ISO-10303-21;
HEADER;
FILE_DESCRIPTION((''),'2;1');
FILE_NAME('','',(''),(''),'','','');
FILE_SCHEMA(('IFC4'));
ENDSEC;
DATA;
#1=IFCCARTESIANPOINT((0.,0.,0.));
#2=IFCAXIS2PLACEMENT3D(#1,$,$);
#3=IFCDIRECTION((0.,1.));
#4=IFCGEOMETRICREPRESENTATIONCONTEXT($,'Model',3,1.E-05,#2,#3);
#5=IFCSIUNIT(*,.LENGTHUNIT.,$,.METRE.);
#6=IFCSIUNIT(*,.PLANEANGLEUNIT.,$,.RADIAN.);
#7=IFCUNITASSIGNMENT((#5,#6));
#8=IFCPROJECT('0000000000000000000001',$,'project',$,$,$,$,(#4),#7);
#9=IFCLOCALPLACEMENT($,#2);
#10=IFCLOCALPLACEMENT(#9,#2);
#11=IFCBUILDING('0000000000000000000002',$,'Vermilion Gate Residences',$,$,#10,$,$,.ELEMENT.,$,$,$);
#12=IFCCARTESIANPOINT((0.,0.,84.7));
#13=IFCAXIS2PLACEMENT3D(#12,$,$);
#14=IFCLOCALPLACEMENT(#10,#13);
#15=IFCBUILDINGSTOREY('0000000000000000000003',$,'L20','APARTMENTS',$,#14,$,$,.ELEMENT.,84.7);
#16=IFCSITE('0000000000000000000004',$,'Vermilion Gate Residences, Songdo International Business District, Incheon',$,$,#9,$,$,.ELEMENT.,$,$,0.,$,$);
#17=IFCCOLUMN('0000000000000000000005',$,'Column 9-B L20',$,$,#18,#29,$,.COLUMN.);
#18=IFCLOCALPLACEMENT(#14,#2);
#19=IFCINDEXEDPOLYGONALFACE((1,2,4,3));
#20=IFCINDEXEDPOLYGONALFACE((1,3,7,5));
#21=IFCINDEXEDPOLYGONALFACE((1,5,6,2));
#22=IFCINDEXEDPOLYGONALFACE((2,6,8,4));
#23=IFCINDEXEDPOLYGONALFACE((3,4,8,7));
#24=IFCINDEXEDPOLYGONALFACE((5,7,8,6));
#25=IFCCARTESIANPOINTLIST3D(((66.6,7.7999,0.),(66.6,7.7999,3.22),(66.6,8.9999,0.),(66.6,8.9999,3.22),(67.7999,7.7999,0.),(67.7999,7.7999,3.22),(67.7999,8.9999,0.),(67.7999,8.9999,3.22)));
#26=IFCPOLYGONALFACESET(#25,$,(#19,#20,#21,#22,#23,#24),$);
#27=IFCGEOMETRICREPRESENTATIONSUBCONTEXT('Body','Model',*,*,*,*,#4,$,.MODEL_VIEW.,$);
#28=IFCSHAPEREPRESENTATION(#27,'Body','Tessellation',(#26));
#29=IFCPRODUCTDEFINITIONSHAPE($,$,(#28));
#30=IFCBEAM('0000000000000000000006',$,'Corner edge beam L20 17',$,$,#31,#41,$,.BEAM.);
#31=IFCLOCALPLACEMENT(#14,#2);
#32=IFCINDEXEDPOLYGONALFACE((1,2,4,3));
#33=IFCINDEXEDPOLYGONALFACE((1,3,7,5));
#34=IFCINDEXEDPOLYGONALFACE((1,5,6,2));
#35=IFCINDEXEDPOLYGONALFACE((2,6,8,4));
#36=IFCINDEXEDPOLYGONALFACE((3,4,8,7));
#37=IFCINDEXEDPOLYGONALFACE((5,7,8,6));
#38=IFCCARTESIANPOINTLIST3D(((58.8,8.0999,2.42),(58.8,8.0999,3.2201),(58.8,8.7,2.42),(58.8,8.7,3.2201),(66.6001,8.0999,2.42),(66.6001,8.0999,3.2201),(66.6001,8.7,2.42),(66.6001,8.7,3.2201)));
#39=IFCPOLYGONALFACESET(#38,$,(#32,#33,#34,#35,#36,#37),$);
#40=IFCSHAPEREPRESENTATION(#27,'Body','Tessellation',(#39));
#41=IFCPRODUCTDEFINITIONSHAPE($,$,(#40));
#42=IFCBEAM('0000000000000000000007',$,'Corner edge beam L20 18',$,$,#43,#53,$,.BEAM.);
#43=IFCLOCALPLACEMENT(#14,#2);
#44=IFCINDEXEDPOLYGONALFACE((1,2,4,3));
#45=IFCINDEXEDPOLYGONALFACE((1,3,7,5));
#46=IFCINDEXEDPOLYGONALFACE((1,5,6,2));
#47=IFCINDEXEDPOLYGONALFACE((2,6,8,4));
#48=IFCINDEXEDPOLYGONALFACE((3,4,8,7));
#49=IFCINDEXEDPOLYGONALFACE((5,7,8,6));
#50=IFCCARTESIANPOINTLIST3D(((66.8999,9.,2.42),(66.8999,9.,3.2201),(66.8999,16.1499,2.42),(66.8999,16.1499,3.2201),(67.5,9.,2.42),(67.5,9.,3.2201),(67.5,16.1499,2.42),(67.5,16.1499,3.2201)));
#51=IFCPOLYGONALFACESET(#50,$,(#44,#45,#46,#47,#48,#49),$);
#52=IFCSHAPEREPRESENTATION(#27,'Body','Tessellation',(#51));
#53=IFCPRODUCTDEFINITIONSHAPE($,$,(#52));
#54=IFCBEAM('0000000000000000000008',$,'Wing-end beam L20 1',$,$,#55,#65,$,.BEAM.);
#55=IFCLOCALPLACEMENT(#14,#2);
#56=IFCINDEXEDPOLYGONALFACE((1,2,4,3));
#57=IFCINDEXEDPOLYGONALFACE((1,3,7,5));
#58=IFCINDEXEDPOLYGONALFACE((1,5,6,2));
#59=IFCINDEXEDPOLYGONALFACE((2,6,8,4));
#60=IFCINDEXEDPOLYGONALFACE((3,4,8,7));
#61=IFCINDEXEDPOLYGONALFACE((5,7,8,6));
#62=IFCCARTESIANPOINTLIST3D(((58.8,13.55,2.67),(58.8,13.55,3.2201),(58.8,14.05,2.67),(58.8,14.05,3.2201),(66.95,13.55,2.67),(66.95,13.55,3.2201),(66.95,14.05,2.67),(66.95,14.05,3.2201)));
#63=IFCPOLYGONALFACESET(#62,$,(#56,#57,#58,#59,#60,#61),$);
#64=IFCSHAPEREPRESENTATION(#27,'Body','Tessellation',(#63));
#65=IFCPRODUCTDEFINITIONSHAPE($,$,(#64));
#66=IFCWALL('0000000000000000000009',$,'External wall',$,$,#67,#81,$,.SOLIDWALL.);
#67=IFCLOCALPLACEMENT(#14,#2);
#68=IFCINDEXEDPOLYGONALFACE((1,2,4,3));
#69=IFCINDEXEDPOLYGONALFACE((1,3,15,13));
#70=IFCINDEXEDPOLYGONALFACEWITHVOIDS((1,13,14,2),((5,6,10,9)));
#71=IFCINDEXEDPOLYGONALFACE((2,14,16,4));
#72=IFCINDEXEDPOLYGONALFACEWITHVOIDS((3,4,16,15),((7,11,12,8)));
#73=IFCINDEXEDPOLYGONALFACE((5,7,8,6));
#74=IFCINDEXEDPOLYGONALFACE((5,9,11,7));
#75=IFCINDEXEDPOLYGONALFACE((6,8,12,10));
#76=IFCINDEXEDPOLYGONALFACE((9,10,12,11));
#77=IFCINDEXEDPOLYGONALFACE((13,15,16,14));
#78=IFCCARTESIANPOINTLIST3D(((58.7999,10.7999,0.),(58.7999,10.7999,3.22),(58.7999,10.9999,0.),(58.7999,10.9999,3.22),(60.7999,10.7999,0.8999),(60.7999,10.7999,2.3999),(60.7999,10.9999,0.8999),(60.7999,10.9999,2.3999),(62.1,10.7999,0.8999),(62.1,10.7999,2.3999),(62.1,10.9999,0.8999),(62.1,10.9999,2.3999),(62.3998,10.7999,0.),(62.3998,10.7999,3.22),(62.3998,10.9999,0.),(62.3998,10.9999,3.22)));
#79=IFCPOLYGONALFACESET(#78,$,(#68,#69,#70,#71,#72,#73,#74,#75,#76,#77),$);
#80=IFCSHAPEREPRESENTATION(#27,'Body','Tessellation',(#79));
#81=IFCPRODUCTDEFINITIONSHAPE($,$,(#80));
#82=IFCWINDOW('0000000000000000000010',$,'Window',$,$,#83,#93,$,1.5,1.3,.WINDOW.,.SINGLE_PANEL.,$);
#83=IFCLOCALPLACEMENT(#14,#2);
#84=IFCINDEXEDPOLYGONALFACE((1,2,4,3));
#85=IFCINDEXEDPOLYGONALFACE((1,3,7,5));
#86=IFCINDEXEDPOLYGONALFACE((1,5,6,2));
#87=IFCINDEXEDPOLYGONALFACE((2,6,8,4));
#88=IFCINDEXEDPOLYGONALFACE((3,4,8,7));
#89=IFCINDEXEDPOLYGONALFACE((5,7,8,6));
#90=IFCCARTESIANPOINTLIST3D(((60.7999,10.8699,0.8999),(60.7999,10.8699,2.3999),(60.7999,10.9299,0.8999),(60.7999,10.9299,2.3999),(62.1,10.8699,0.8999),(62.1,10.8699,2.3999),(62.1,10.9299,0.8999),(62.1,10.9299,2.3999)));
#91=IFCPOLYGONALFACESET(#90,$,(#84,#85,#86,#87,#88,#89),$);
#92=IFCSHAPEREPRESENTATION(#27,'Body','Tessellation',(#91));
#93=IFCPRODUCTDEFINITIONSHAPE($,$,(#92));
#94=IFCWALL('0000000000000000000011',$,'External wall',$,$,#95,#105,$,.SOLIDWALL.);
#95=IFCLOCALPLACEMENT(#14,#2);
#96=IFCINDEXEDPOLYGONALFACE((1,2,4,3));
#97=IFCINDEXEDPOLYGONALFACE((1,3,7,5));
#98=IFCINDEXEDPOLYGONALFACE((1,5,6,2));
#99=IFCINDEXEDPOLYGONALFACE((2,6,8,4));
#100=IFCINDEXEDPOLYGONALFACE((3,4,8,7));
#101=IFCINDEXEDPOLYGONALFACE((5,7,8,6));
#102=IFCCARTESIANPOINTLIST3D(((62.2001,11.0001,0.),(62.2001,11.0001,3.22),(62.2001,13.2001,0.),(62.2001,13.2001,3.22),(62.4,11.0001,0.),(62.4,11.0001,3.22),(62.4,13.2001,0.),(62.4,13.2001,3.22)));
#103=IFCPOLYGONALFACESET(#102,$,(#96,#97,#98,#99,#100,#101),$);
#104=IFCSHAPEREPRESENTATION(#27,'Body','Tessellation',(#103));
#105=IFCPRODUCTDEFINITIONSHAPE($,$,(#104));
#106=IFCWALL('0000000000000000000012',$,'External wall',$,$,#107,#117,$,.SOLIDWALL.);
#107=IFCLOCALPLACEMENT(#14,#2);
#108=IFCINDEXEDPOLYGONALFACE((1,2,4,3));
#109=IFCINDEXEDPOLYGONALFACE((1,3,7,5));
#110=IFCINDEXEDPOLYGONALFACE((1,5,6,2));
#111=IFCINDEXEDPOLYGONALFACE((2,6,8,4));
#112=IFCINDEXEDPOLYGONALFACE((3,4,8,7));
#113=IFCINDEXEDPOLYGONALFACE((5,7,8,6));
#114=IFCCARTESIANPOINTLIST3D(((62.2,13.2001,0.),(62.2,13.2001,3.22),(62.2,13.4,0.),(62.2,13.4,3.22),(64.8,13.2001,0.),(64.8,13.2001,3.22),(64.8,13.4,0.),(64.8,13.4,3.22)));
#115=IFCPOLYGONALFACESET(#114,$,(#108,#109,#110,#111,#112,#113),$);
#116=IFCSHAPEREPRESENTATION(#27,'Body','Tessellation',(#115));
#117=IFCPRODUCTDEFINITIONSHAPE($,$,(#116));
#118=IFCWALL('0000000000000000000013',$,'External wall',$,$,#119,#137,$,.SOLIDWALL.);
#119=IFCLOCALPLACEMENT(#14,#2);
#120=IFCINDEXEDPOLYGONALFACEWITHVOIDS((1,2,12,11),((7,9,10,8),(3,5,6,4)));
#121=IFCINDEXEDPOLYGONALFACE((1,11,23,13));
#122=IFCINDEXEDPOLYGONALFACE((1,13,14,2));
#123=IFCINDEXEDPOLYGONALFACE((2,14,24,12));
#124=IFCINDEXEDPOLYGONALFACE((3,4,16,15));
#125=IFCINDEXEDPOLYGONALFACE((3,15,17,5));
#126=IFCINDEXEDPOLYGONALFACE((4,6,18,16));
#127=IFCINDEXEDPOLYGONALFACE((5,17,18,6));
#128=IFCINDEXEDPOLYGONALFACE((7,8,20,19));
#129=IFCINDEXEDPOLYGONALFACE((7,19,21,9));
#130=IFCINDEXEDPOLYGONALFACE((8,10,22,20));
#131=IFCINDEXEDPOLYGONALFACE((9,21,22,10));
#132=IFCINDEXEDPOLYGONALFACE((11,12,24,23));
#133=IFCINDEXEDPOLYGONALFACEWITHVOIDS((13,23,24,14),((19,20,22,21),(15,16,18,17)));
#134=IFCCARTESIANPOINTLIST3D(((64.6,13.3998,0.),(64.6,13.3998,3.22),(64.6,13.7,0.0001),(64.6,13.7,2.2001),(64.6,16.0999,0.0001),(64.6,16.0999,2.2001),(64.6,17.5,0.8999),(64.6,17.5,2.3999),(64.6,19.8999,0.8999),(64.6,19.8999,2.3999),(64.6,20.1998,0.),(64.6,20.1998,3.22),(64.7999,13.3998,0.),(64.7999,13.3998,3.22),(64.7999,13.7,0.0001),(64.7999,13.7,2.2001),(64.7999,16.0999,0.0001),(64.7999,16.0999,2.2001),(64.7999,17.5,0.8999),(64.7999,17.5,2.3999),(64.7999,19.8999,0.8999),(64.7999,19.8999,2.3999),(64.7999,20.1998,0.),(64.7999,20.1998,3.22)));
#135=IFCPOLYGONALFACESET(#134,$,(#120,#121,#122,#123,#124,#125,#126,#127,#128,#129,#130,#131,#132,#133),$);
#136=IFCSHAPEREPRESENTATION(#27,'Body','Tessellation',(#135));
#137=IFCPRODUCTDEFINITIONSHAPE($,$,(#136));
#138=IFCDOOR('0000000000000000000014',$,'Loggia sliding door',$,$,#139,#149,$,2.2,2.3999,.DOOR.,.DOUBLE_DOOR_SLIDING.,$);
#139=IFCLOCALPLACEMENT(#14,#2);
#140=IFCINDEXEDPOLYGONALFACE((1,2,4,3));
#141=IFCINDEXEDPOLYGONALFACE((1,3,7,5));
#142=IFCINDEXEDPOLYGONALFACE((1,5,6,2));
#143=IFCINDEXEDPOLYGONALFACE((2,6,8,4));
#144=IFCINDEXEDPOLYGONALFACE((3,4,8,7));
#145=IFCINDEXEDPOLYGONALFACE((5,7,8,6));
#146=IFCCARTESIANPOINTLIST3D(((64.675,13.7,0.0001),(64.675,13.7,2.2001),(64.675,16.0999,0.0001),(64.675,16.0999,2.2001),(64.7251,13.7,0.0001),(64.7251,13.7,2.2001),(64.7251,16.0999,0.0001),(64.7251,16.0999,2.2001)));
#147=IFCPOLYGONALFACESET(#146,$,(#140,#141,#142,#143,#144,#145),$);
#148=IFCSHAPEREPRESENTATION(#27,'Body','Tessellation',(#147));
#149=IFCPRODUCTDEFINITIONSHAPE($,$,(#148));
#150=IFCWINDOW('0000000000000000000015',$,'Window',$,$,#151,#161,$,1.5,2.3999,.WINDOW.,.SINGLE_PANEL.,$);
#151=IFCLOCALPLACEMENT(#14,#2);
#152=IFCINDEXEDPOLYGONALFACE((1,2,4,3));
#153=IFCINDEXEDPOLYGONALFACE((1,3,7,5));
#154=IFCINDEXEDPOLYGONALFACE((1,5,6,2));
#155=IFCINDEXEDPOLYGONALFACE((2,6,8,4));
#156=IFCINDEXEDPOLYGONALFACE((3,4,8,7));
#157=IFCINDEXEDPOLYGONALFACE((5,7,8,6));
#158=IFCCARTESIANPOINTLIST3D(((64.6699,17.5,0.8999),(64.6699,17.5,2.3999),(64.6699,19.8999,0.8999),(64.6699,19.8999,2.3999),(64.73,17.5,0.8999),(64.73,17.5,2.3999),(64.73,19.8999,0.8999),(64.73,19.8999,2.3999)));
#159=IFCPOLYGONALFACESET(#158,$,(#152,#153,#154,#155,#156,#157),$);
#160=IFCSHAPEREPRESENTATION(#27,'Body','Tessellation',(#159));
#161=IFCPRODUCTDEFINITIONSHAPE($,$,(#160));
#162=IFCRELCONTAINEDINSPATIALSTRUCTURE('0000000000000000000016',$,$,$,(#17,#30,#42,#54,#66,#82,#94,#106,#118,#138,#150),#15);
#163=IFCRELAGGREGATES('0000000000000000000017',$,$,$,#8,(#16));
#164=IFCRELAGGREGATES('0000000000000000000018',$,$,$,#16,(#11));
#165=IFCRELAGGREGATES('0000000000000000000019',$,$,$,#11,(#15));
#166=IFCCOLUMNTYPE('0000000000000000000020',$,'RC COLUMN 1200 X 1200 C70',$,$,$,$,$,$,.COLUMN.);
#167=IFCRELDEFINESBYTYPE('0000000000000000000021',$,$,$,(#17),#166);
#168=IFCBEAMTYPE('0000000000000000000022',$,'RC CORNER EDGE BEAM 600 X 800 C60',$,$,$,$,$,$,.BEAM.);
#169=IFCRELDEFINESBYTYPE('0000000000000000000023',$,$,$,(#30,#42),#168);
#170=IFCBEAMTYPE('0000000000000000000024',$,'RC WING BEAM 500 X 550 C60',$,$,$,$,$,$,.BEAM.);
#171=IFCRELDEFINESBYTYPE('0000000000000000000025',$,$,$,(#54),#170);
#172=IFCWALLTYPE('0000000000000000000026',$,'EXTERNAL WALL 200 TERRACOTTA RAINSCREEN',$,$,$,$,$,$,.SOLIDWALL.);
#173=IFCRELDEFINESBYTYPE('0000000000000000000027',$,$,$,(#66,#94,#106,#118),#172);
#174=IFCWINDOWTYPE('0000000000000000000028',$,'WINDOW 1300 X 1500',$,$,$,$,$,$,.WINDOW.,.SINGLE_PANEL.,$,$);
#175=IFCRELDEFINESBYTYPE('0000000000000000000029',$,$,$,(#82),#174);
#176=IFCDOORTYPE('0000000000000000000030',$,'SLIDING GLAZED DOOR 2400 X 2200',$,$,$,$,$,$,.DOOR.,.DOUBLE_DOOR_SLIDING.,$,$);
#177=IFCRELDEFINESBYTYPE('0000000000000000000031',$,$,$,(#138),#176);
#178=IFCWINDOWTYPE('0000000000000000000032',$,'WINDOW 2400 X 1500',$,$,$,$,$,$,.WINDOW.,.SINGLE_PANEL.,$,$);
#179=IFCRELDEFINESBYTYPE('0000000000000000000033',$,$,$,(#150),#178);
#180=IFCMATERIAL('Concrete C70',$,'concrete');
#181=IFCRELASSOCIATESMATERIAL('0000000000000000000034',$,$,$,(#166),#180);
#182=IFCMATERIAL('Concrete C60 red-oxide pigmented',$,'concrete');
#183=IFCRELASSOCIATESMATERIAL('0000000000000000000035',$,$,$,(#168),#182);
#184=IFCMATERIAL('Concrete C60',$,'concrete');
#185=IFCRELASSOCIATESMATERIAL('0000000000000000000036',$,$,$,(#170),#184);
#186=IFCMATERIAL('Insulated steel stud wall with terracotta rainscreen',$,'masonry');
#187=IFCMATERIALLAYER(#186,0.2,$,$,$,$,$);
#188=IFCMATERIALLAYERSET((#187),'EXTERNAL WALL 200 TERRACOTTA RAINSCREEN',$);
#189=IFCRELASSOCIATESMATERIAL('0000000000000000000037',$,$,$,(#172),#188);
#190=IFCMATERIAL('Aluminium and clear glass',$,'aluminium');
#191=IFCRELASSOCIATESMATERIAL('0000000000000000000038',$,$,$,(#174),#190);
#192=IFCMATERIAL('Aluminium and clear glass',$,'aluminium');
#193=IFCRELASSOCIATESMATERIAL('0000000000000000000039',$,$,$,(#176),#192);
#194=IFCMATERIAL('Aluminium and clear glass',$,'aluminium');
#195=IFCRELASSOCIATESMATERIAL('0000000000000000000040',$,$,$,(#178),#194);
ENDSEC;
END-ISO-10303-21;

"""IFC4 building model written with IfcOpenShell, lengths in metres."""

from ifc_helpers import new_model, si_unit, direction, frame, frame_2d, origin, origin_2d, place, context, subcontext, project, spatial, rectangle, extrude, material, layer, layer_set, material_profile, profile_set, type_object, element, fill, save


model = new_model("IFC4")

# Units and contexts
model_context = context("Model", 3, precision=1e-05, world=origin(), true_north=direction((0.0, 1.0)))
body_context = subcontext(model_context, "Body", "Model", "MODEL_VIEW")
ifc_project = project(units=[si_unit("LENGTHUNIT", "METRE"), si_unit("PLANEANGLEUNIT", "RADIAN")], contexts=[model_context])

# Site, building, storey
site_placement = place(None, origin())
site = spatial("IfcSite", under=ifc_project, at=site_placement, Name="Vermilion Gate Residences, Songdo International Business District, Incheon", CompositionType="ELEMENT", RefElevation=0.0)
building_placement = place(site_placement, origin())
building = spatial("IfcBuilding", under=site, at=building_placement, Name="Vermilion Gate Residences", CompositionType="ELEMENT")
storey_placement = place(building_placement, frame((0.0, 0.0, 84.7)))
storey = spatial("IfcBuildingStorey", under=building, at=storey_placement, Name="L20", Description="APARTMENTS", CompositionType="ELEMENT", Elevation=84.7)

# Column
ifc_material_1 = material(Name="Concrete C70", Category="concrete")
ifc_material_profile_1 = material_profile(ifc_material_1, rectangle(XDim=1.2, YDim=1.2, at=origin_2d()), Name="RC-1200x1200")
ifc_profile_set_1 = profile_set([ifc_material_profile_1], Name="Concrete C70")
column_type = type_object("IfcColumnType", Name="RC COLUMN 1200 X 1200 C70", PredefinedType="COLUMN", material=ifc_profile_set_1)
column_placement = place(storey_placement, frame((67.2, 8.3999, 0.0), z_axis=(0.0, 0.0, 1.0), x_axis=(1.0, 0.0, 0.0)))
element("IfcColumn", 1, at=column_placement, inside=storey, type_object=column_type, Name="Column 9-B L20", PredefinedType="COLUMN", context=body_context, shape_type="SweptSolid", body=[
    extrude(rectangle(XDim=1.2, YDim=1.2, at=origin_2d()), origin(), (0.0, 0.0, 1.0), 3.22),
])

# Beams
ifc_material_2 = material(Name="Concrete C60 red-oxide pigmented", Category="concrete")
ifc_material_profile_2 = material_profile(ifc_material_2, rectangle(XDim=0.6001, YDim=0.8, at=origin_2d()), Name="RC-600x800")
ifc_profile_set_2 = profile_set([ifc_material_profile_2], Name="Concrete C60 red-oxide pigmented")
beam_type_1 = type_object("IfcBeamType", Name="RC CORNER EDGE BEAM 600 X 800 C60", PredefinedType="BEAM", material=ifc_profile_set_2)
beam_1_placement = place(storey_placement, frame((58.8, 8.3999, 2.8201), z_axis=(1.0, 0.0, 0.0), x_axis=(0.0, 1.0, 0.0)))
element("IfcBeam", 2, at=beam_1_placement, inside=storey, type_object=beam_type_1, Name="Corner edge beam L20 17", PredefinedType="BEAM", context=body_context, shape_type="SweptSolid", body=[
    extrude(rectangle(XDim=0.6001, YDim=0.8, at=origin_2d()), origin(), (0.0, 0.0, 1.0), 7.8),
])
beam_2_placement = place(storey_placement, frame((67.2, 9.0, 2.8201), z_axis=(0.0, 1.0, 0.0), x_axis=(-1.0, 0.0, 0.0)))
element("IfcBeam", 3, at=beam_2_placement, inside=storey, type_object=beam_type_1, Name="Corner edge beam L20 18", PredefinedType="BEAM", context=body_context, shape_type="SweptSolid", body=[
    extrude(rectangle(XDim=0.6001, YDim=0.8, at=origin_2d()), origin(), (0.0, 0.0, 1.0), 7.1499),
])
ifc_material_3 = material(Name="Concrete C60", Category="concrete")
ifc_material_profile_3 = material_profile(ifc_material_3, rectangle(XDim=0.5, YDim=0.55, at=origin_2d()), Name="RC-500x550")
ifc_profile_set_3 = profile_set([ifc_material_profile_3], Name="Concrete C60")
beam_type_2 = type_object("IfcBeamType", Name="RC WING BEAM 500 X 550 C60", PredefinedType="BEAM", material=ifc_profile_set_3)
beam_3_placement = place(storey_placement, frame((58.8, 13.8, 2.9451), z_axis=(1.0, 0.0, 0.0), x_axis=(0.0, 1.0, 0.0)))
element("IfcBeam", 4, at=beam_3_placement, inside=storey, type_object=beam_type_2, Name="Wing-end beam L20 1", PredefinedType="BEAM", context=body_context, shape_type="SweptSolid", body=[
    extrude(rectangle(XDim=0.5, YDim=0.55, at=origin_2d()), origin(), (0.0, 0.0, 1.0), 8.1499),
])

# Wall, opening, window
ifc_material_4 = material(Name="Insulated steel stud wall with terracotta rainscreen", Category="masonry")
ifc_layer_1 = layer(ifc_material_4, 0.2)
ifc_layer_set_1 = layer_set([ifc_layer_1], Name="EXTERNAL WALL 200 TERRACOTTA RAINSCREEN")
wall_type_1 = type_object("IfcWallType", Name="EXTERNAL WALL 200 TERRACOTTA RAINSCREEN", PredefinedType="SOLIDWALL", material=ifc_layer_set_1)
wall_1_placement = place(storey_placement, frame((58.8, 10.8999, 0.0), z_axis=(0.0, 0.0, 1.0), x_axis=(1.0, 0.0, 0.0)))
wall_1 = element("IfcWall", 5, at=wall_1_placement, inside=storey, type_object=wall_type_1, Name="External wall", PredefinedType="SOLIDWALL", context=body_context, shape_type="SweptSolid", body=[
    extrude(rectangle(XDim=3.5999, YDim=0.2, at=frame_2d((1.7998, 0.0))), origin(), (0.0, 0.0, 1.0), 3.22),
])
opening_1_placement = place(wall_1_placement, frame((2.0, 0.0, 0.8999)))
opening_1 = element("IfcOpeningElement", 6, at=opening_1_placement, cuts=wall_1, PredefinedType="OPENING", context=body_context, shape_type="SweptSolid", body=[
    extrude(rectangle(XDim=1.3, YDim=1.5, at=frame_2d((0.6499, 0.75))), frame((0.0, 0.1099, 0.0), z_axis=(0.0, -1.0, 0.0), x_axis=(1.0, 0.0, 0.0)), (0.0, 0.0, 1.0), 0.22),
])
ifc_material_5 = material(Name="Aluminium and clear glass", Category="aluminium")
window_type_1 = type_object("IfcWindowType", Name="WINDOW 1300 X 1500", PartitioningType="SINGLE_PANEL", PredefinedType="WINDOW", material=ifc_material_5)
window_1_placement = place(opening_1_placement, origin())
window_1 = element("IfcWindow", 7, at=window_1_placement, inside=storey, type_object=window_type_1, Name="Window", OverallHeight=1.5, OverallWidth=1.3, PartitioningType="SINGLE_PANEL", PredefinedType="WINDOW", context=body_context, shape_type="SweptSolid", body=[
    extrude(rectangle(XDim=1.3, YDim=1.5, at=frame_2d((0.6499, 0.75))), frame((0.0, 0.03, 0.0), z_axis=(0.0, -1.0, 0.0), x_axis=(1.0, 0.0, 0.0)), (0.0, 0.0, 1.0), 0.0601),
])
fill(opening_1, window_1)

# Walls
wall_2_placement = place(storey_placement, frame((62.3, 11.0, 0.0), z_axis=(0.0, 0.0, 1.0), x_axis=(0.0, 1.0, 0.0)))
element("IfcWall", 8, at=wall_2_placement, inside=storey, type_object=wall_type_1, Name="External wall", PredefinedType="SOLIDWALL", context=body_context, shape_type="SweptSolid", body=[
    extrude(rectangle(XDim=2.2, YDim=0.2, at=frame_2d((1.1001, 0.0))), origin(), (0.0, 0.0, 1.0), 3.22),
])
wall_3_placement = place(storey_placement, frame((62.2, 13.3, 0.0), z_axis=(0.0, 0.0, 1.0), x_axis=(1.0, 0.0, 0.0)))
element("IfcWall", 9, at=wall_3_placement, inside=storey, type_object=wall_type_1, Name="External wall", PredefinedType="SOLIDWALL", context=body_context, shape_type="SweptSolid", body=[
    extrude(rectangle(XDim=2.6001, YDim=0.2, at=frame_2d((1.3, 0.0))), origin(), (0.0, 0.0, 1.0), 3.22),
])

# Wall, openings, door, window
wall_4_placement = place(storey_placement, frame((64.7, 13.3999, 0.0), z_axis=(0.0, 0.0, 1.0), x_axis=(0.0, 1.0, 0.0)))
wall_4 = element("IfcWall", 10, at=wall_4_placement, inside=storey, type_object=wall_type_1, Name="External wall", PredefinedType="SOLIDWALL", context=body_context, shape_type="SweptSolid", body=[
    extrude(rectangle(XDim=6.8, YDim=0.2, at=frame_2d((3.3999, 0.0))), origin(), (0.0, 0.0, 1.0), 3.22),
])
opening_2_placement = place(wall_4_placement, frame((4.1001, 0.0, 0.8999)))
opening_2 = element("IfcOpeningElement", 11, at=opening_2_placement, cuts=wall_4, PredefinedType="OPENING", context=body_context, shape_type="SweptSolid", body=[
    extrude(rectangle(XDim=2.3999, YDim=1.5, at=frame_2d((1.2, 0.75))), frame((0.0, 0.1099, 0.0), z_axis=(0.0, -1.0, 0.0), x_axis=(1.0, 0.0, 0.0)), (0.0, 0.0, 1.0), 0.22),
])
opening_3_placement = place(wall_4_placement, frame((0.3, 0.0, 0.0)))
opening_3 = element("IfcOpeningElement", 12, at=opening_3_placement, cuts=wall_4, PredefinedType="OPENING", context=body_context, shape_type="SweptSolid", body=[
    extrude(rectangle(XDim=2.3999, YDim=2.2, at=frame_2d((1.2, 1.1001))), frame((0.0, 0.1099, 0.0), z_axis=(0.0, -1.0, 0.0), x_axis=(1.0, 0.0, 0.0)), (0.0, 0.0, 1.0), 0.22),
])
ifc_material_6 = material(Name="Aluminium and clear glass", Category="aluminium")
door_type_1 = type_object("IfcDoorType", Name="SLIDING GLAZED DOOR 2400 X 2200", OperationType="DOUBLE_DOOR_SLIDING", PredefinedType="DOOR", material=ifc_material_6)
door_1_placement = place(opening_3_placement, origin())
door_1 = element("IfcDoor", 13, at=door_1_placement, inside=storey, type_object=door_type_1, Name="Loggia sliding door", OperationType="DOUBLE_DOOR_SLIDING", OverallHeight=2.2, OverallWidth=2.3999, PredefinedType="DOOR", context=body_context, shape_type="SweptSolid", body=[
    extrude(rectangle(XDim=2.3999, YDim=2.2, at=frame_2d((1.2, 1.1001))), frame((0.0, 0.0249, 0.0), z_axis=(0.0, -1.0, 0.0), x_axis=(1.0, 0.0, 0.0)), (0.0, 0.0, 1.0), 0.05),
])
fill(opening_3, door_1)
ifc_material_7 = material(Name="Aluminium and clear glass", Category="aluminium")
window_type_2 = type_object("IfcWindowType", Name="WINDOW 2400 X 1500", PartitioningType="SINGLE_PANEL", PredefinedType="WINDOW", material=ifc_material_7)
window_2_placement = place(opening_2_placement, origin())
window_2 = element("IfcWindow", 14, at=window_2_placement, inside=storey, type_object=window_type_2, Name="Window", OverallHeight=1.5, OverallWidth=2.3999, PartitioningType="SINGLE_PANEL", PredefinedType="WINDOW", context=body_context, shape_type="SweptSolid", body=[
    extrude(rectangle(XDim=2.3999, YDim=1.5, at=frame_2d((1.2, 0.75))), frame((0.0, 0.03, 0.0), z_axis=(0.0, -1.0, 0.0), x_axis=(1.0, 0.0, 0.0)), (0.0, 0.0, 1.0), 0.0601),
])
fill(opening_2, window_2)

save(model, "model.ifc")
